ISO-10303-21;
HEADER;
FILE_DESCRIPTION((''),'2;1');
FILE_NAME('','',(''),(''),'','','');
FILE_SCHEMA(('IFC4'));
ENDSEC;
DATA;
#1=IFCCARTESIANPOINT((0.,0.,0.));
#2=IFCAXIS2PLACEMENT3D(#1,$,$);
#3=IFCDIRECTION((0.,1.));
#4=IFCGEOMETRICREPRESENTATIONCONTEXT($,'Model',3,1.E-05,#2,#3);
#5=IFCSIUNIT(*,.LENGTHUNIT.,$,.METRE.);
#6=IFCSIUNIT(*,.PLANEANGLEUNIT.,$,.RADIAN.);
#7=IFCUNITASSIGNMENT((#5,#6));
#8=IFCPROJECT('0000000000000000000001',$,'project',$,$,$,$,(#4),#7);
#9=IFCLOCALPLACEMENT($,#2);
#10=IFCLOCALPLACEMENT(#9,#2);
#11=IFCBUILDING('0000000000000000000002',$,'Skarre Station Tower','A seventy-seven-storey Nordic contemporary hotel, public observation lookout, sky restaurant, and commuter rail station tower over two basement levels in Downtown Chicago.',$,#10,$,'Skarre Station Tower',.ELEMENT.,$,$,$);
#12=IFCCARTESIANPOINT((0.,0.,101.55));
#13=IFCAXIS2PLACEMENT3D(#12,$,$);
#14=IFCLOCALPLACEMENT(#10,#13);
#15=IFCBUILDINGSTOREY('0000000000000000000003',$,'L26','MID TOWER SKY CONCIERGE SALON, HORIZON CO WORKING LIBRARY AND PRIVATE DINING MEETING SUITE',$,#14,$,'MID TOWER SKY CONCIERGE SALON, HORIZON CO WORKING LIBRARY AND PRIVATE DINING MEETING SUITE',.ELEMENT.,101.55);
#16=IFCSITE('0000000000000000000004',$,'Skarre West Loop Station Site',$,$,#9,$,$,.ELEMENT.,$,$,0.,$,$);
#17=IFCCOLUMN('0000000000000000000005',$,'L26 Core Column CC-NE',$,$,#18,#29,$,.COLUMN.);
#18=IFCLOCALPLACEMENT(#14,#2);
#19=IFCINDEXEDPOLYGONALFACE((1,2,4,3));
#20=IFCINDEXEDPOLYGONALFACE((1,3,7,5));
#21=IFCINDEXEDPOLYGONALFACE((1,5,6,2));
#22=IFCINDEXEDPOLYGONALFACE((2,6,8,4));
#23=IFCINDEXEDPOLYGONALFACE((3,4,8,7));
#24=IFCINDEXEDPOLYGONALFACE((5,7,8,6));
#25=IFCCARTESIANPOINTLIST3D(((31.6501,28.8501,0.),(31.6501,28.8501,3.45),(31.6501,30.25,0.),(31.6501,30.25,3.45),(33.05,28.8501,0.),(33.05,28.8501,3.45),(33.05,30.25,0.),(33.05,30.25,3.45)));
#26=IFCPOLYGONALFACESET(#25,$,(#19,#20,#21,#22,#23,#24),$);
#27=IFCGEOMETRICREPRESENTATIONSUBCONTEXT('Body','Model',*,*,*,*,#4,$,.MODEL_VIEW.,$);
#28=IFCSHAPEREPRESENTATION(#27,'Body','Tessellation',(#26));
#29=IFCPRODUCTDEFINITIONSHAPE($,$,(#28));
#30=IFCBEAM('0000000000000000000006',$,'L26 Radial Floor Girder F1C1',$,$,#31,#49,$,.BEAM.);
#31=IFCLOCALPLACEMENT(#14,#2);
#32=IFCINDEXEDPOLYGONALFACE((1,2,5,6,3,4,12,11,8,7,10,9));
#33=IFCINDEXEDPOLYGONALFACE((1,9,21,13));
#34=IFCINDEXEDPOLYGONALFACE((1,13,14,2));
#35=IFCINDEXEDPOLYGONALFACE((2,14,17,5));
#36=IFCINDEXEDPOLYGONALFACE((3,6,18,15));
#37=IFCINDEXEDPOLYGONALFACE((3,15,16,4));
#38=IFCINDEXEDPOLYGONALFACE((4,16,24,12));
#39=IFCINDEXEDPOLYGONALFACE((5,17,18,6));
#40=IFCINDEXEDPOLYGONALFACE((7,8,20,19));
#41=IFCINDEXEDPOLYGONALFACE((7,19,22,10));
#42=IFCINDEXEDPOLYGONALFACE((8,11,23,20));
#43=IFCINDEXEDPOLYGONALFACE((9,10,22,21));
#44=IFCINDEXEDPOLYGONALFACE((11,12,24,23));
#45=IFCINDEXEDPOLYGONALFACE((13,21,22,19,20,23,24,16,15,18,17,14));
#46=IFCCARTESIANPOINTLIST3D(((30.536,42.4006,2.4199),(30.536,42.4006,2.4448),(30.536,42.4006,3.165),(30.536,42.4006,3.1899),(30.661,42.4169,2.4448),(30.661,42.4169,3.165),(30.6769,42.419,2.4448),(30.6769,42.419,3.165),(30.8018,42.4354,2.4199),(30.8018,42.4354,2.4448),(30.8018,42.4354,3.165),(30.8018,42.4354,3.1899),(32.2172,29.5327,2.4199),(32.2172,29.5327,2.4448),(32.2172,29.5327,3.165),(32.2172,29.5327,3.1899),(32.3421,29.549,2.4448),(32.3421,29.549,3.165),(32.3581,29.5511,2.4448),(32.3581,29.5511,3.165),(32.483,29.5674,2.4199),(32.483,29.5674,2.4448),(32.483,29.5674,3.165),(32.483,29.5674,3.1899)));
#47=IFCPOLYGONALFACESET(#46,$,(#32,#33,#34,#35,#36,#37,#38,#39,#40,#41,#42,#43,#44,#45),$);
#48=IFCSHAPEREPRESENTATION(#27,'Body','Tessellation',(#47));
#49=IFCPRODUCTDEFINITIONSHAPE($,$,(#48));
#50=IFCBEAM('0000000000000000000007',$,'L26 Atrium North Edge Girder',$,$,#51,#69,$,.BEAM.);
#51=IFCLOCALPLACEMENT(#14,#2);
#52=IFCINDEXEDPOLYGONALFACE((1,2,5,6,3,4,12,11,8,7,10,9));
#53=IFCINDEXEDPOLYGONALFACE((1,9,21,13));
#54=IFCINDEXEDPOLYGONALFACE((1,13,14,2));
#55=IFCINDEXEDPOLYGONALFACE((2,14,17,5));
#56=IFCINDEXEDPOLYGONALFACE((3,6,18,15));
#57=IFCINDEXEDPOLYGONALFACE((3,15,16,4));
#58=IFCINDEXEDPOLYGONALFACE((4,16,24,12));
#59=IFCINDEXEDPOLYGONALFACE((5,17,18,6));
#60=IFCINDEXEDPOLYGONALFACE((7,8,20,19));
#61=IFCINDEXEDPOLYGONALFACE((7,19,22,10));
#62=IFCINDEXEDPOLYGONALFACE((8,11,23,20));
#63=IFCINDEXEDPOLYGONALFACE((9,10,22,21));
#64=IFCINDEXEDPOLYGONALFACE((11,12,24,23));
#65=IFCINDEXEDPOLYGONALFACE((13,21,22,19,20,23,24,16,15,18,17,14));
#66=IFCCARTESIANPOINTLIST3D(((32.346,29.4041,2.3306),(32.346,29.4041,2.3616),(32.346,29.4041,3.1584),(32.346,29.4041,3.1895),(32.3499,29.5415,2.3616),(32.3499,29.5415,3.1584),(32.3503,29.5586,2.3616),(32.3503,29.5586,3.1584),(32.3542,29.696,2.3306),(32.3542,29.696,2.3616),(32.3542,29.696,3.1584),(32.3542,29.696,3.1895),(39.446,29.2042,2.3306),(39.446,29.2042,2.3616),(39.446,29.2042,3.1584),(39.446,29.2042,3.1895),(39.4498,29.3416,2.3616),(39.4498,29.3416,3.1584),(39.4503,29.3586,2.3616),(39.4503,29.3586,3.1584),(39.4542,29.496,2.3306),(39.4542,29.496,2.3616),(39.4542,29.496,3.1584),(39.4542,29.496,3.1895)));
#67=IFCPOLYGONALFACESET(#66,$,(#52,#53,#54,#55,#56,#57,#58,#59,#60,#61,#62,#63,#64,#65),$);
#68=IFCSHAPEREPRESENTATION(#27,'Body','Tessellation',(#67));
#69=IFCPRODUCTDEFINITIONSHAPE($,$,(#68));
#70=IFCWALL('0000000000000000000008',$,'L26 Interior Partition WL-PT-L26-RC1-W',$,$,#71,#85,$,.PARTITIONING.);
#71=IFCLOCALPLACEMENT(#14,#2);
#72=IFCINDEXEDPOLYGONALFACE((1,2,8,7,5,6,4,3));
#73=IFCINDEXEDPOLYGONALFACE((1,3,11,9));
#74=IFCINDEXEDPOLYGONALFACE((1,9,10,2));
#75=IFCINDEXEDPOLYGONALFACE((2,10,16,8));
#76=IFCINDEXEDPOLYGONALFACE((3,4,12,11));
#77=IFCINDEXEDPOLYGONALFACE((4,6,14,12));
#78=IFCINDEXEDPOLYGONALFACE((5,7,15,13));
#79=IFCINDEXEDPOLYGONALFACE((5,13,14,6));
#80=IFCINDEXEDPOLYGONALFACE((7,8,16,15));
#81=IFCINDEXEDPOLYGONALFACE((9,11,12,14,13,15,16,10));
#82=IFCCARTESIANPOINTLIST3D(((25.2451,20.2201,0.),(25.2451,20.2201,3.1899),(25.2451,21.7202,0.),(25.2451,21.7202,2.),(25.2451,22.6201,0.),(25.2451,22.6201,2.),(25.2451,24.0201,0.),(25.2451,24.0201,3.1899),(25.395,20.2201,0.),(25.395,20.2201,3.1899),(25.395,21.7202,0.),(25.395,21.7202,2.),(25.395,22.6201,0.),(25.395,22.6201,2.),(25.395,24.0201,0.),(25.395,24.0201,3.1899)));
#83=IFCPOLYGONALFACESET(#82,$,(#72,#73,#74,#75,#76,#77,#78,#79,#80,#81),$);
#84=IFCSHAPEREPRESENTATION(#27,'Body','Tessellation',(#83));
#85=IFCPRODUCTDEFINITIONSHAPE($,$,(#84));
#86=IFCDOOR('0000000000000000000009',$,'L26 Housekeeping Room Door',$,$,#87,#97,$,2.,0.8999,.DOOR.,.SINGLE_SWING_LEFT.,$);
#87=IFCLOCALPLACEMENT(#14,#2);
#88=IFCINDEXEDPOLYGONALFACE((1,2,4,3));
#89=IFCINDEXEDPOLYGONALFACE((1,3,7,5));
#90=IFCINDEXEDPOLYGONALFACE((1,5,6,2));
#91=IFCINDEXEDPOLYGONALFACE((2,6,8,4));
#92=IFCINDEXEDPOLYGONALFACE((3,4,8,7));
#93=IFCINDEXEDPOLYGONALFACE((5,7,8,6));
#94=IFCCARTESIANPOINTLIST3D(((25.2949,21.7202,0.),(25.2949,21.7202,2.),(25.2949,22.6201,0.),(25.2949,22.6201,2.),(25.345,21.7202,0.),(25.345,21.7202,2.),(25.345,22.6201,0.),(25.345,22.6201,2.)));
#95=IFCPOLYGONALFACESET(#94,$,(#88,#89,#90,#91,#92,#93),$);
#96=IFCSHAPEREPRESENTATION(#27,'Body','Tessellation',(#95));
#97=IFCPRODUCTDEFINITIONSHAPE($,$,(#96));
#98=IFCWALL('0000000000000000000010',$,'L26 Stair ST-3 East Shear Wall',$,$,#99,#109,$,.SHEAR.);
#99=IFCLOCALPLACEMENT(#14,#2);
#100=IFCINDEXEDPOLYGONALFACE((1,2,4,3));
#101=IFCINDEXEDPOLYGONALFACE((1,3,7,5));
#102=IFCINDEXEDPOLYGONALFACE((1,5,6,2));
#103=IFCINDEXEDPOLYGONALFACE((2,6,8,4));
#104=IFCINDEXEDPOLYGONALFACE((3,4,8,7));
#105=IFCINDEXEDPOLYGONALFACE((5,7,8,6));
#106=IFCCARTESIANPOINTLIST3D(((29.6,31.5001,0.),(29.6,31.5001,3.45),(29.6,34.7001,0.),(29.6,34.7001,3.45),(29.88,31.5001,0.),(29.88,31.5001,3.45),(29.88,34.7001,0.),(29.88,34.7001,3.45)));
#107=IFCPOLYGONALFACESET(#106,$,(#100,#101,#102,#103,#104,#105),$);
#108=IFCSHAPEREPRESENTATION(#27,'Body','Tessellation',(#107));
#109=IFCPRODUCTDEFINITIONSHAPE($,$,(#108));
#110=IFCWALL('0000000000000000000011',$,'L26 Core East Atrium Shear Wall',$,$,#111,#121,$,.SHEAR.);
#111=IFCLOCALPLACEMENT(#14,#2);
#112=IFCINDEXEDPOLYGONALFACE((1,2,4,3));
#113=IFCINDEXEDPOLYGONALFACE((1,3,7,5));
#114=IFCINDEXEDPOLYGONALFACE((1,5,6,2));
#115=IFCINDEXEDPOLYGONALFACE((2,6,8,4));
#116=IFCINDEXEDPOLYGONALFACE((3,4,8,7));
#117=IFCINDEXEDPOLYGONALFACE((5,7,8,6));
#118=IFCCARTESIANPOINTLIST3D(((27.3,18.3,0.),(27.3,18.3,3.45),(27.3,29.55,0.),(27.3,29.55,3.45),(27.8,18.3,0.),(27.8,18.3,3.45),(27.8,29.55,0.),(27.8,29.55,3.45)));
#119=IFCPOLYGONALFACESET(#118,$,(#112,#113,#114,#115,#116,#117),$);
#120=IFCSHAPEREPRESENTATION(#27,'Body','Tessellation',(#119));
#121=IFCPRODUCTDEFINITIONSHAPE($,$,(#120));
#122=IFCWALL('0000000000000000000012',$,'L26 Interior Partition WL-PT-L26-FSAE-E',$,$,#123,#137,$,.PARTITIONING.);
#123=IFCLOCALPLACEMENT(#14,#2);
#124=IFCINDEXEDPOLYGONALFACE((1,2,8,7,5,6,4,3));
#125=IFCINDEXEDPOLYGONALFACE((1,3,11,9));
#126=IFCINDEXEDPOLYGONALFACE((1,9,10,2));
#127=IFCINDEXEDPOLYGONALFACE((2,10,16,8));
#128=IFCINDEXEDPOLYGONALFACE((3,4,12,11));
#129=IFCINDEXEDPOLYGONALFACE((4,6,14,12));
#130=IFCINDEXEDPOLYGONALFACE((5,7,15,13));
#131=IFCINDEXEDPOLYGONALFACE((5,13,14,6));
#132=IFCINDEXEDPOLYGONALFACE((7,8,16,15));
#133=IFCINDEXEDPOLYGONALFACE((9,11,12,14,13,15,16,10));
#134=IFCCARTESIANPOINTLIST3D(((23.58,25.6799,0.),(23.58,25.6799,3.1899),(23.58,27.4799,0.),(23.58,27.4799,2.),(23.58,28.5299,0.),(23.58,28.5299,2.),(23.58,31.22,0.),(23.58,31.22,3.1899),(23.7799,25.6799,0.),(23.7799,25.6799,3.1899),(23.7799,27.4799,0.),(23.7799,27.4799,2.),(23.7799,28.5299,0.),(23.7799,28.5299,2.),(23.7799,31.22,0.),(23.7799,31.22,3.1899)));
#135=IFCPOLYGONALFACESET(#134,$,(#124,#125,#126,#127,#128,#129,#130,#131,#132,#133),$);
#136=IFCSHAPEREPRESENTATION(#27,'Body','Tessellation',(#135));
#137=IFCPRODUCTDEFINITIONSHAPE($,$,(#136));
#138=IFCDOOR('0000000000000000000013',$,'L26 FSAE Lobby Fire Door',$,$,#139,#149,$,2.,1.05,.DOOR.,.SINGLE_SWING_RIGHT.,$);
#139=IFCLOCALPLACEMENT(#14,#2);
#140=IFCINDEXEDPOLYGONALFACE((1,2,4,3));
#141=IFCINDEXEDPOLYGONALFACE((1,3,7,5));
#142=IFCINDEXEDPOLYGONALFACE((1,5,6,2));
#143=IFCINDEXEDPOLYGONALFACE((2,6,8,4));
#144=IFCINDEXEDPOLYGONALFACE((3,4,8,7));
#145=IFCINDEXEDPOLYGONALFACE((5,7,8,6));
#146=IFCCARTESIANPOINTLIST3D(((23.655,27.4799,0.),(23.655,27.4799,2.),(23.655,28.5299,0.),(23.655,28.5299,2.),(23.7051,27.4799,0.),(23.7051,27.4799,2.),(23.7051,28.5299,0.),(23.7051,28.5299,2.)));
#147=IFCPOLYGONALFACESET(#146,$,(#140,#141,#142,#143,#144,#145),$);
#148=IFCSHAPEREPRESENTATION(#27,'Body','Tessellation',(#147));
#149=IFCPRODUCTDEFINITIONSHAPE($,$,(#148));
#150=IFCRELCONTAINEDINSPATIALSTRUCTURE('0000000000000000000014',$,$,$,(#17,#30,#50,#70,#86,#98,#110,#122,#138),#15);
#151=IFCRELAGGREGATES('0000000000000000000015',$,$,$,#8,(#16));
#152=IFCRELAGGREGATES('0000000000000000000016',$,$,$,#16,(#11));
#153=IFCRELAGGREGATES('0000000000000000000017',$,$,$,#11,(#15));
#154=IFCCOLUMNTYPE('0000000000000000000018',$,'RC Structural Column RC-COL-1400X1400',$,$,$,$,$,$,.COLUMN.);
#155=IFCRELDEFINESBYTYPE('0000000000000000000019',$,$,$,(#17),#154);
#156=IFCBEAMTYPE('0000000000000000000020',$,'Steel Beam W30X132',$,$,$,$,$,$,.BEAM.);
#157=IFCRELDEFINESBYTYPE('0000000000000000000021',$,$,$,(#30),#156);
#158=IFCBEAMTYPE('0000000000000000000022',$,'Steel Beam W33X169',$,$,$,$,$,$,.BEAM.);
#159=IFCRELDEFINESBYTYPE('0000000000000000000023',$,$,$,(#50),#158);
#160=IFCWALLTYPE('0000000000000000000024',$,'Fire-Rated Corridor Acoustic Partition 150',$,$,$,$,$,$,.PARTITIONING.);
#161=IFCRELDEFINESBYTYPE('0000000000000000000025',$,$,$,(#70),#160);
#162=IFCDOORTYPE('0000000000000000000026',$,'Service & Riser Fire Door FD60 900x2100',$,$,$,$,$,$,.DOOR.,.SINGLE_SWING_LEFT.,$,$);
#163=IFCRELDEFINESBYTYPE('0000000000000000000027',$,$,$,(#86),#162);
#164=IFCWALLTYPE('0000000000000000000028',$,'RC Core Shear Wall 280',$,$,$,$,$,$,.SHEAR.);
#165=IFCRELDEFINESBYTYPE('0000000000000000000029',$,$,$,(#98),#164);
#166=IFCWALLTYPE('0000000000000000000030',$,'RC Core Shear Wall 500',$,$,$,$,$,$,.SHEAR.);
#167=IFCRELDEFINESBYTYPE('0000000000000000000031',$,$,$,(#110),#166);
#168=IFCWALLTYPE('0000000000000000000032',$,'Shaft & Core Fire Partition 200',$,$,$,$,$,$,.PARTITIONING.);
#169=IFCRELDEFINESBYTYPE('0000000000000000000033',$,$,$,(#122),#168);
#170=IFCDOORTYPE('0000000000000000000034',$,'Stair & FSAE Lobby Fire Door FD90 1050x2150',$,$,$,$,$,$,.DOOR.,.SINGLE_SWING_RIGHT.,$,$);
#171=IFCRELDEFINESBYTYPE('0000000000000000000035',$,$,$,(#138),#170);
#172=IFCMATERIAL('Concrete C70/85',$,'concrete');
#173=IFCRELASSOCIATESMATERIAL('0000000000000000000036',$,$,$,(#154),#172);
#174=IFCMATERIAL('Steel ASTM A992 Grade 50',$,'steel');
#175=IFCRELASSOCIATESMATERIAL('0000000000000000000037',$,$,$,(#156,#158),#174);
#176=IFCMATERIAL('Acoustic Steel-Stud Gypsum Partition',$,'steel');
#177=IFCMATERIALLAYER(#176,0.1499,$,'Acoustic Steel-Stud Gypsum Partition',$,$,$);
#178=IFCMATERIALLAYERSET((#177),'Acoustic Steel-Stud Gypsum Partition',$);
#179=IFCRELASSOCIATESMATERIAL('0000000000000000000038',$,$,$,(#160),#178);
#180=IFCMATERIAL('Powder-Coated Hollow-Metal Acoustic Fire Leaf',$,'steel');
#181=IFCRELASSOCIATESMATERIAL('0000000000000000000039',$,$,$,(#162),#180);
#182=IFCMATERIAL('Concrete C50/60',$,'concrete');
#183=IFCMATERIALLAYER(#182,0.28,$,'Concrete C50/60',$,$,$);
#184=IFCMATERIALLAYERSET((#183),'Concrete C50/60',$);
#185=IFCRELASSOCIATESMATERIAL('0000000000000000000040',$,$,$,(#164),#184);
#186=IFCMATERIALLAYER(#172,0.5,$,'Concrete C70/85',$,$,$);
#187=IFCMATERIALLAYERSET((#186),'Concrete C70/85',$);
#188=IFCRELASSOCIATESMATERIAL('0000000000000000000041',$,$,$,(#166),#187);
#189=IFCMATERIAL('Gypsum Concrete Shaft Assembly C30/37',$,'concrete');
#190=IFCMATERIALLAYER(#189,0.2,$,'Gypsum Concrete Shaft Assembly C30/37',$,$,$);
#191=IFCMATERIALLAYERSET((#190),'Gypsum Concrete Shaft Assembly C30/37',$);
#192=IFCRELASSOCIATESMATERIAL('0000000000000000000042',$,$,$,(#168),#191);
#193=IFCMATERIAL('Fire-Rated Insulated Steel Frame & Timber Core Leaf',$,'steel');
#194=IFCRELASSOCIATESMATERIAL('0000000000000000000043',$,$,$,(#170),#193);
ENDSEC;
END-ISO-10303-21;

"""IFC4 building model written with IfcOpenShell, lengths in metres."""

from ifc_helpers import new_model, si_unit, direction, frame, frame_2d, origin, origin_2d, place, context, subcontext, project, spatial, rectangle, i_section, extrude, material, layer, layer_set, material_profile, profile_set, type_object, element, fill, save


model = new_model("IFC4")

# Units and contexts
model_context = context("Model", 3, precision=1e-05, world=origin(), true_north=direction((0.0, 1.0)))
body_context = subcontext(model_context, "Body", "Model", "MODEL_VIEW")
ifc_project = project(units=[si_unit("LENGTHUNIT", "METRE"), si_unit("PLANEANGLEUNIT", "RADIAN")], contexts=[model_context])

# Site, building, storey
site_placement = place(None, origin())
site = spatial("IfcSite", under=ifc_project, at=site_placement, Name="Skarre West Loop Station Site", CompositionType="ELEMENT", RefElevation=0.0)
building_placement = place(site_placement, origin())
building = spatial("IfcBuilding", under=site, at=building_placement, Name="Skarre Station Tower", Description="A seventy-seven-storey Nordic contemporary hotel, public observation lookout, sky restaurant, and commuter rail station tower over two basement levels in Downtown Chicago.", LongName="Skarre Station Tower", CompositionType="ELEMENT")
storey_placement = place(building_placement, frame((0.0, 0.0, 101.55)))
storey = spatial("IfcBuildingStorey", under=building, at=storey_placement, Name="L26", Description="MID TOWER SKY CONCIERGE SALON, HORIZON CO WORKING LIBRARY AND PRIVATE DINING MEETING SUITE", LongName="MID TOWER SKY CONCIERGE SALON, HORIZON CO WORKING LIBRARY AND PRIVATE DINING MEETING SUITE", CompositionType="ELEMENT", Elevation=101.55)

# Column
ifc_material_1 = material(Name="Concrete C70/85", Category="concrete")
ifc_material_profile_1 = material_profile(ifc_material_1, rectangle(XDim=1.3999, YDim=1.3999, at=origin_2d()), Name="Concrete C70/85")
ifc_profile_set_1 = profile_set([ifc_material_profile_1], Name="Concrete C70/85")
column_type = type_object("IfcColumnType", Name="RC Structural Column RC-COL-1400X1400", PredefinedType="COLUMN", material=ifc_profile_set_1)
column_placement = place(storey_placement, frame((32.3501, 29.55, 0.0), z_axis=(0.0, 0.0, 1.0), x_axis=(1.0, 0.0, 0.0)))
element("IfcColumn", 1, at=column_placement, inside=storey, type_object=column_type, Name="L26 Core Column CC-NE", PredefinedType="COLUMN", context=body_context, shape_type="SweptSolid", body=[
    extrude(rectangle(XDim=1.3999, YDim=1.3999, at=origin_2d()), origin(), (0.0, 0.0, 1.0), 3.45),
])

# Beams
ifc_material_2 = material(Name="Steel ASTM A992 Grade 50", Category="steel")
ifc_material_profile_2 = material_profile(ifc_material_2, i_section(OverallWidth=0.2681, OverallDepth=0.77, WebThickness=0.0161, FlangeThickness=0.0249, at=origin_2d()), Name="Steel ASTM A992 Grade 50")
ifc_profile_set_2 = profile_set([ifc_material_profile_2], Name="Steel ASTM A992 Grade 50")
beam_type_1 = type_object("IfcBeamType", Name="Steel Beam W30X132", PredefinedType="BEAM", material=ifc_profile_set_2)
beam_1_placement = place(storey_placement, frame((32.3501, 29.55, 2.8049), z_axis=(-0.129546, 0.991573, 0.0), x_axis=(-0.991573, -0.129546, 0.0)))
element("IfcBeam", 2, at=beam_1_placement, inside=storey, type_object=beam_type_1, Name="L26 Radial Floor Girder F1C1", PredefinedType="BEAM", context=body_context, shape_type="SweptSolid", body=[
    extrude(i_section(OverallWidth=0.2681, OverallDepth=0.77, WebThickness=0.0161, FlangeThickness=0.0249, at=origin_2d()), origin(), (0.0, 0.0, 1.0), 12.9773),
])
ifc_material_profile_3 = material_profile(ifc_material_2, i_section(OverallWidth=0.292, OverallDepth=0.8589, WebThickness=0.0171, FlangeThickness=0.031, at=origin_2d()), Name="Steel ASTM A992 Grade 50")
ifc_profile_set_3 = profile_set([ifc_material_profile_3], Name="Steel ASTM A992 Grade 50")
beam_type_2 = type_object("IfcBeamType", Name="Steel Beam W33X169", PredefinedType="BEAM", material=ifc_profile_set_3)
beam_2_placement = place(storey_placement, frame((32.3501, 29.55, 2.76), z_axis=(0.999604, -0.028152, 0.0), x_axis=(0.028152, 0.999604, 0.0)))
element("IfcBeam", 3, at=beam_2_placement, inside=storey, type_object=beam_type_2, Name="L26 Atrium North Edge Girder", PredefinedType="BEAM", context=body_context, shape_type="SweptSolid", body=[
    extrude(i_section(OverallWidth=0.292, OverallDepth=0.8589, WebThickness=0.0171, FlangeThickness=0.031, at=origin_2d()), origin(), (0.0, 0.0, 1.0), 7.1028),
])

# Wall, opening, door
ifc_material_3 = material(Name="Acoustic Steel-Stud Gypsum Partition", Category="steel")
ifc_layer_1 = layer(ifc_material_3, 0.1499, Name="Acoustic Steel-Stud Gypsum Partition")
ifc_layer_set_1 = layer_set([ifc_layer_1], Name="Acoustic Steel-Stud Gypsum Partition")
wall_type_1 = type_object("IfcWallType", Name="Fire-Rated Corridor Acoustic Partition 150", PredefinedType="PARTITIONING", material=ifc_layer_set_1)
wall_1_placement = place(storey_placement, frame((25.3201, 24.02, 0.0), z_axis=(0.0, 0.0, 1.0), x_axis=(0.0, -1.0, 0.0)))
wall_1 = element("IfcWall", 4, at=wall_1_placement, inside=storey, type_object=wall_type_1, Name="L26 Interior Partition WL-PT-L26-RC1-W", PredefinedType="PARTITIONING", context=body_context, shape_type="SweptSolid", body=[
    extrude(rectangle(XDim=3.8, YDim=0.1499, at=frame_2d((1.8999, 0.0))), origin(), (0.0, 0.0, 1.0), 3.1899),
])
opening_1_placement = place(wall_1_placement, frame((1.3999, 0.0, 0.0)))
opening_1 = element("IfcOpeningElement", 5, at=opening_1_placement, cuts=wall_1, PredefinedType="OPENING", context=body_context, shape_type="SweptSolid", body=[
    extrude(rectangle(XDim=0.8999, YDim=2.0, at=frame_2d((0.45, 1.0))), frame((0.0, 0.085, 0.0), z_axis=(0.0, -1.0, 0.0), x_axis=(1.0, 0.0, 0.0)), (0.0, 0.0, 1.0), 0.1699),
])
ifc_material_4 = material(Name="Powder-Coated Hollow-Metal Acoustic Fire Leaf", Category="steel")
door_type_1 = type_object("IfcDoorType", Name="Service & Riser Fire Door FD60 900x2100", OperationType="SINGLE_SWING_LEFT", PredefinedType="DOOR", material=ifc_material_4)
door_1_placement = place(opening_1_placement, origin())
door_1 = element("IfcDoor", 6, at=door_1_placement, inside=storey, type_object=door_type_1, Name="L26 Housekeeping Room Door", OperationType="SINGLE_SWING_LEFT", OverallHeight=2.0, OverallWidth=0.8999, PredefinedType="DOOR", context=body_context, shape_type="SweptSolid", body=[
    extrude(rectangle(XDim=0.8999, YDim=2.0, at=frame_2d((0.45, 1.0))), frame((0.0, 0.0249, 0.0), z_axis=(0.0, -1.0, 0.0), x_axis=(1.0, 0.0, 0.0)), (0.0, 0.0, 1.0), 0.05),
])
fill(opening_1, door_1)

# Walls
ifc_material_5 = material(Name="Concrete C50/60", Category="concrete")
ifc_layer_2 = layer(ifc_material_5, 0.28, Name="Concrete C50/60")
ifc_layer_set_2 = layer_set([ifc_layer_2], Name="Concrete C50/60")
wall_type_2 = type_object("IfcWallType", Name="RC Core Shear Wall 280", PredefinedType="SHEAR", material=ifc_layer_set_2)
wall_2_placement = place(storey_placement, frame((29.74, 31.5, 0.0), z_axis=(0.0, 0.0, 1.0), x_axis=(0.0, 1.0, 0.0)))
element("IfcWall", 7, at=wall_2_placement, inside=storey, type_object=wall_type_2, Name="L26 Stair ST-3 East Shear Wall", PredefinedType="SHEAR", context=body_context, shape_type="SweptSolid", body=[
    extrude(rectangle(XDim=3.2, YDim=0.28, at=frame_2d((1.6001, 0.0))), origin(), (0.0, 0.0, 1.0), 3.45),
])
ifc_layer_3 = layer(ifc_material_1, 0.5, Name="Concrete C70/85")
ifc_layer_set_3 = layer_set([ifc_layer_3], Name="Concrete C70/85")
wall_type_3 = type_object("IfcWallType", Name="RC Core Shear Wall 500", PredefinedType="SHEAR", material=ifc_layer_set_3)
wall_3_placement = place(storey_placement, frame((27.55, 29.55, 0.0), z_axis=(0.0, 0.0, 1.0), x_axis=(0.0, -1.0, 0.0)))
element("IfcWall", 8, at=wall_3_placement, inside=storey, type_object=wall_type_3, Name="L26 Core East Atrium Shear Wall", PredefinedType="SHEAR", context=body_context, shape_type="SweptSolid", body=[
    extrude(rectangle(XDim=11.25, YDim=0.5, at=frame_2d((5.625, 0.0))), origin(), (0.0, 0.0, 1.0), 3.45),
])

# Wall, opening, door
ifc_material_6 = material(Name="Gypsum Concrete Shaft Assembly C30/37", Category="concrete")
ifc_layer_4 = layer(ifc_material_6, 0.2, Name="Gypsum Concrete Shaft Assembly C30/37")
ifc_layer_set_4 = layer_set([ifc_layer_4], Name="Gypsum Concrete Shaft Assembly C30/37")
wall_type_4 = type_object("IfcWallType", Name="Shaft & Core Fire Partition 200", PredefinedType="PARTITIONING", material=ifc_layer_set_4)
wall_4_placement = place(storey_placement, frame((23.6799, 25.6799, 0.0), z_axis=(0.0, 0.0, 1.0), x_axis=(0.0, 1.0, 0.0)))
wall_4 = element("IfcWall", 9, at=wall_4_placement, inside=storey, type_object=wall_type_4, Name="L26 Interior Partition WL-PT-L26-FSAE-E", PredefinedType="PARTITIONING", context=body_context, shape_type="SweptSolid", body=[
    extrude(rectangle(XDim=5.54, YDim=0.2, at=frame_2d((2.77, 0.0))), origin(), (0.0, 0.0, 1.0), 3.1899),
])
opening_2_placement = place(wall_4_placement, frame((1.8, 0.0, 0.0)))
opening_2 = element("IfcOpeningElement", 10, at=opening_2_placement, cuts=wall_4, PredefinedType="OPENING", context=body_context, shape_type="SweptSolid", body=[
    extrude(rectangle(XDim=1.05, YDim=2.0, at=frame_2d((0.5249, 1.0))), frame((0.0, 0.1099, 0.0), z_axis=(0.0, -1.0, 0.0), x_axis=(1.0, 0.0, 0.0)), (0.0, 0.0, 1.0), 0.22),
])
ifc_material_7 = material(Name="Fire-Rated Insulated Steel Frame & Timber Core Leaf", Category="steel")
door_type_2 = type_object("IfcDoorType", Name="Stair & FSAE Lobby Fire Door FD90 1050x2150", OperationType="SINGLE_SWING_RIGHT", PredefinedType="DOOR", material=ifc_material_7)
door_2_placement = place(opening_2_placement, origin())
door_2 = element("IfcDoor", 11, at=door_2_placement, inside=storey, type_object=door_type_2, Name="L26 FSAE Lobby Fire Door", OperationType="SINGLE_SWING_RIGHT", OverallHeight=2.0, OverallWidth=1.05, PredefinedType="DOOR", context=body_context, shape_type="SweptSolid", body=[
    extrude(rectangle(XDim=1.05, YDim=2.0, at=frame_2d((0.5249, 1.0))), frame((0.0, 0.0249, 0.0), z_axis=(0.0, -1.0, 0.0), x_axis=(1.0, 0.0, 0.0)), (0.0, 0.0, 1.0), 0.05),
])
fill(opening_2, door_2)

save(model, "model.ifc")
